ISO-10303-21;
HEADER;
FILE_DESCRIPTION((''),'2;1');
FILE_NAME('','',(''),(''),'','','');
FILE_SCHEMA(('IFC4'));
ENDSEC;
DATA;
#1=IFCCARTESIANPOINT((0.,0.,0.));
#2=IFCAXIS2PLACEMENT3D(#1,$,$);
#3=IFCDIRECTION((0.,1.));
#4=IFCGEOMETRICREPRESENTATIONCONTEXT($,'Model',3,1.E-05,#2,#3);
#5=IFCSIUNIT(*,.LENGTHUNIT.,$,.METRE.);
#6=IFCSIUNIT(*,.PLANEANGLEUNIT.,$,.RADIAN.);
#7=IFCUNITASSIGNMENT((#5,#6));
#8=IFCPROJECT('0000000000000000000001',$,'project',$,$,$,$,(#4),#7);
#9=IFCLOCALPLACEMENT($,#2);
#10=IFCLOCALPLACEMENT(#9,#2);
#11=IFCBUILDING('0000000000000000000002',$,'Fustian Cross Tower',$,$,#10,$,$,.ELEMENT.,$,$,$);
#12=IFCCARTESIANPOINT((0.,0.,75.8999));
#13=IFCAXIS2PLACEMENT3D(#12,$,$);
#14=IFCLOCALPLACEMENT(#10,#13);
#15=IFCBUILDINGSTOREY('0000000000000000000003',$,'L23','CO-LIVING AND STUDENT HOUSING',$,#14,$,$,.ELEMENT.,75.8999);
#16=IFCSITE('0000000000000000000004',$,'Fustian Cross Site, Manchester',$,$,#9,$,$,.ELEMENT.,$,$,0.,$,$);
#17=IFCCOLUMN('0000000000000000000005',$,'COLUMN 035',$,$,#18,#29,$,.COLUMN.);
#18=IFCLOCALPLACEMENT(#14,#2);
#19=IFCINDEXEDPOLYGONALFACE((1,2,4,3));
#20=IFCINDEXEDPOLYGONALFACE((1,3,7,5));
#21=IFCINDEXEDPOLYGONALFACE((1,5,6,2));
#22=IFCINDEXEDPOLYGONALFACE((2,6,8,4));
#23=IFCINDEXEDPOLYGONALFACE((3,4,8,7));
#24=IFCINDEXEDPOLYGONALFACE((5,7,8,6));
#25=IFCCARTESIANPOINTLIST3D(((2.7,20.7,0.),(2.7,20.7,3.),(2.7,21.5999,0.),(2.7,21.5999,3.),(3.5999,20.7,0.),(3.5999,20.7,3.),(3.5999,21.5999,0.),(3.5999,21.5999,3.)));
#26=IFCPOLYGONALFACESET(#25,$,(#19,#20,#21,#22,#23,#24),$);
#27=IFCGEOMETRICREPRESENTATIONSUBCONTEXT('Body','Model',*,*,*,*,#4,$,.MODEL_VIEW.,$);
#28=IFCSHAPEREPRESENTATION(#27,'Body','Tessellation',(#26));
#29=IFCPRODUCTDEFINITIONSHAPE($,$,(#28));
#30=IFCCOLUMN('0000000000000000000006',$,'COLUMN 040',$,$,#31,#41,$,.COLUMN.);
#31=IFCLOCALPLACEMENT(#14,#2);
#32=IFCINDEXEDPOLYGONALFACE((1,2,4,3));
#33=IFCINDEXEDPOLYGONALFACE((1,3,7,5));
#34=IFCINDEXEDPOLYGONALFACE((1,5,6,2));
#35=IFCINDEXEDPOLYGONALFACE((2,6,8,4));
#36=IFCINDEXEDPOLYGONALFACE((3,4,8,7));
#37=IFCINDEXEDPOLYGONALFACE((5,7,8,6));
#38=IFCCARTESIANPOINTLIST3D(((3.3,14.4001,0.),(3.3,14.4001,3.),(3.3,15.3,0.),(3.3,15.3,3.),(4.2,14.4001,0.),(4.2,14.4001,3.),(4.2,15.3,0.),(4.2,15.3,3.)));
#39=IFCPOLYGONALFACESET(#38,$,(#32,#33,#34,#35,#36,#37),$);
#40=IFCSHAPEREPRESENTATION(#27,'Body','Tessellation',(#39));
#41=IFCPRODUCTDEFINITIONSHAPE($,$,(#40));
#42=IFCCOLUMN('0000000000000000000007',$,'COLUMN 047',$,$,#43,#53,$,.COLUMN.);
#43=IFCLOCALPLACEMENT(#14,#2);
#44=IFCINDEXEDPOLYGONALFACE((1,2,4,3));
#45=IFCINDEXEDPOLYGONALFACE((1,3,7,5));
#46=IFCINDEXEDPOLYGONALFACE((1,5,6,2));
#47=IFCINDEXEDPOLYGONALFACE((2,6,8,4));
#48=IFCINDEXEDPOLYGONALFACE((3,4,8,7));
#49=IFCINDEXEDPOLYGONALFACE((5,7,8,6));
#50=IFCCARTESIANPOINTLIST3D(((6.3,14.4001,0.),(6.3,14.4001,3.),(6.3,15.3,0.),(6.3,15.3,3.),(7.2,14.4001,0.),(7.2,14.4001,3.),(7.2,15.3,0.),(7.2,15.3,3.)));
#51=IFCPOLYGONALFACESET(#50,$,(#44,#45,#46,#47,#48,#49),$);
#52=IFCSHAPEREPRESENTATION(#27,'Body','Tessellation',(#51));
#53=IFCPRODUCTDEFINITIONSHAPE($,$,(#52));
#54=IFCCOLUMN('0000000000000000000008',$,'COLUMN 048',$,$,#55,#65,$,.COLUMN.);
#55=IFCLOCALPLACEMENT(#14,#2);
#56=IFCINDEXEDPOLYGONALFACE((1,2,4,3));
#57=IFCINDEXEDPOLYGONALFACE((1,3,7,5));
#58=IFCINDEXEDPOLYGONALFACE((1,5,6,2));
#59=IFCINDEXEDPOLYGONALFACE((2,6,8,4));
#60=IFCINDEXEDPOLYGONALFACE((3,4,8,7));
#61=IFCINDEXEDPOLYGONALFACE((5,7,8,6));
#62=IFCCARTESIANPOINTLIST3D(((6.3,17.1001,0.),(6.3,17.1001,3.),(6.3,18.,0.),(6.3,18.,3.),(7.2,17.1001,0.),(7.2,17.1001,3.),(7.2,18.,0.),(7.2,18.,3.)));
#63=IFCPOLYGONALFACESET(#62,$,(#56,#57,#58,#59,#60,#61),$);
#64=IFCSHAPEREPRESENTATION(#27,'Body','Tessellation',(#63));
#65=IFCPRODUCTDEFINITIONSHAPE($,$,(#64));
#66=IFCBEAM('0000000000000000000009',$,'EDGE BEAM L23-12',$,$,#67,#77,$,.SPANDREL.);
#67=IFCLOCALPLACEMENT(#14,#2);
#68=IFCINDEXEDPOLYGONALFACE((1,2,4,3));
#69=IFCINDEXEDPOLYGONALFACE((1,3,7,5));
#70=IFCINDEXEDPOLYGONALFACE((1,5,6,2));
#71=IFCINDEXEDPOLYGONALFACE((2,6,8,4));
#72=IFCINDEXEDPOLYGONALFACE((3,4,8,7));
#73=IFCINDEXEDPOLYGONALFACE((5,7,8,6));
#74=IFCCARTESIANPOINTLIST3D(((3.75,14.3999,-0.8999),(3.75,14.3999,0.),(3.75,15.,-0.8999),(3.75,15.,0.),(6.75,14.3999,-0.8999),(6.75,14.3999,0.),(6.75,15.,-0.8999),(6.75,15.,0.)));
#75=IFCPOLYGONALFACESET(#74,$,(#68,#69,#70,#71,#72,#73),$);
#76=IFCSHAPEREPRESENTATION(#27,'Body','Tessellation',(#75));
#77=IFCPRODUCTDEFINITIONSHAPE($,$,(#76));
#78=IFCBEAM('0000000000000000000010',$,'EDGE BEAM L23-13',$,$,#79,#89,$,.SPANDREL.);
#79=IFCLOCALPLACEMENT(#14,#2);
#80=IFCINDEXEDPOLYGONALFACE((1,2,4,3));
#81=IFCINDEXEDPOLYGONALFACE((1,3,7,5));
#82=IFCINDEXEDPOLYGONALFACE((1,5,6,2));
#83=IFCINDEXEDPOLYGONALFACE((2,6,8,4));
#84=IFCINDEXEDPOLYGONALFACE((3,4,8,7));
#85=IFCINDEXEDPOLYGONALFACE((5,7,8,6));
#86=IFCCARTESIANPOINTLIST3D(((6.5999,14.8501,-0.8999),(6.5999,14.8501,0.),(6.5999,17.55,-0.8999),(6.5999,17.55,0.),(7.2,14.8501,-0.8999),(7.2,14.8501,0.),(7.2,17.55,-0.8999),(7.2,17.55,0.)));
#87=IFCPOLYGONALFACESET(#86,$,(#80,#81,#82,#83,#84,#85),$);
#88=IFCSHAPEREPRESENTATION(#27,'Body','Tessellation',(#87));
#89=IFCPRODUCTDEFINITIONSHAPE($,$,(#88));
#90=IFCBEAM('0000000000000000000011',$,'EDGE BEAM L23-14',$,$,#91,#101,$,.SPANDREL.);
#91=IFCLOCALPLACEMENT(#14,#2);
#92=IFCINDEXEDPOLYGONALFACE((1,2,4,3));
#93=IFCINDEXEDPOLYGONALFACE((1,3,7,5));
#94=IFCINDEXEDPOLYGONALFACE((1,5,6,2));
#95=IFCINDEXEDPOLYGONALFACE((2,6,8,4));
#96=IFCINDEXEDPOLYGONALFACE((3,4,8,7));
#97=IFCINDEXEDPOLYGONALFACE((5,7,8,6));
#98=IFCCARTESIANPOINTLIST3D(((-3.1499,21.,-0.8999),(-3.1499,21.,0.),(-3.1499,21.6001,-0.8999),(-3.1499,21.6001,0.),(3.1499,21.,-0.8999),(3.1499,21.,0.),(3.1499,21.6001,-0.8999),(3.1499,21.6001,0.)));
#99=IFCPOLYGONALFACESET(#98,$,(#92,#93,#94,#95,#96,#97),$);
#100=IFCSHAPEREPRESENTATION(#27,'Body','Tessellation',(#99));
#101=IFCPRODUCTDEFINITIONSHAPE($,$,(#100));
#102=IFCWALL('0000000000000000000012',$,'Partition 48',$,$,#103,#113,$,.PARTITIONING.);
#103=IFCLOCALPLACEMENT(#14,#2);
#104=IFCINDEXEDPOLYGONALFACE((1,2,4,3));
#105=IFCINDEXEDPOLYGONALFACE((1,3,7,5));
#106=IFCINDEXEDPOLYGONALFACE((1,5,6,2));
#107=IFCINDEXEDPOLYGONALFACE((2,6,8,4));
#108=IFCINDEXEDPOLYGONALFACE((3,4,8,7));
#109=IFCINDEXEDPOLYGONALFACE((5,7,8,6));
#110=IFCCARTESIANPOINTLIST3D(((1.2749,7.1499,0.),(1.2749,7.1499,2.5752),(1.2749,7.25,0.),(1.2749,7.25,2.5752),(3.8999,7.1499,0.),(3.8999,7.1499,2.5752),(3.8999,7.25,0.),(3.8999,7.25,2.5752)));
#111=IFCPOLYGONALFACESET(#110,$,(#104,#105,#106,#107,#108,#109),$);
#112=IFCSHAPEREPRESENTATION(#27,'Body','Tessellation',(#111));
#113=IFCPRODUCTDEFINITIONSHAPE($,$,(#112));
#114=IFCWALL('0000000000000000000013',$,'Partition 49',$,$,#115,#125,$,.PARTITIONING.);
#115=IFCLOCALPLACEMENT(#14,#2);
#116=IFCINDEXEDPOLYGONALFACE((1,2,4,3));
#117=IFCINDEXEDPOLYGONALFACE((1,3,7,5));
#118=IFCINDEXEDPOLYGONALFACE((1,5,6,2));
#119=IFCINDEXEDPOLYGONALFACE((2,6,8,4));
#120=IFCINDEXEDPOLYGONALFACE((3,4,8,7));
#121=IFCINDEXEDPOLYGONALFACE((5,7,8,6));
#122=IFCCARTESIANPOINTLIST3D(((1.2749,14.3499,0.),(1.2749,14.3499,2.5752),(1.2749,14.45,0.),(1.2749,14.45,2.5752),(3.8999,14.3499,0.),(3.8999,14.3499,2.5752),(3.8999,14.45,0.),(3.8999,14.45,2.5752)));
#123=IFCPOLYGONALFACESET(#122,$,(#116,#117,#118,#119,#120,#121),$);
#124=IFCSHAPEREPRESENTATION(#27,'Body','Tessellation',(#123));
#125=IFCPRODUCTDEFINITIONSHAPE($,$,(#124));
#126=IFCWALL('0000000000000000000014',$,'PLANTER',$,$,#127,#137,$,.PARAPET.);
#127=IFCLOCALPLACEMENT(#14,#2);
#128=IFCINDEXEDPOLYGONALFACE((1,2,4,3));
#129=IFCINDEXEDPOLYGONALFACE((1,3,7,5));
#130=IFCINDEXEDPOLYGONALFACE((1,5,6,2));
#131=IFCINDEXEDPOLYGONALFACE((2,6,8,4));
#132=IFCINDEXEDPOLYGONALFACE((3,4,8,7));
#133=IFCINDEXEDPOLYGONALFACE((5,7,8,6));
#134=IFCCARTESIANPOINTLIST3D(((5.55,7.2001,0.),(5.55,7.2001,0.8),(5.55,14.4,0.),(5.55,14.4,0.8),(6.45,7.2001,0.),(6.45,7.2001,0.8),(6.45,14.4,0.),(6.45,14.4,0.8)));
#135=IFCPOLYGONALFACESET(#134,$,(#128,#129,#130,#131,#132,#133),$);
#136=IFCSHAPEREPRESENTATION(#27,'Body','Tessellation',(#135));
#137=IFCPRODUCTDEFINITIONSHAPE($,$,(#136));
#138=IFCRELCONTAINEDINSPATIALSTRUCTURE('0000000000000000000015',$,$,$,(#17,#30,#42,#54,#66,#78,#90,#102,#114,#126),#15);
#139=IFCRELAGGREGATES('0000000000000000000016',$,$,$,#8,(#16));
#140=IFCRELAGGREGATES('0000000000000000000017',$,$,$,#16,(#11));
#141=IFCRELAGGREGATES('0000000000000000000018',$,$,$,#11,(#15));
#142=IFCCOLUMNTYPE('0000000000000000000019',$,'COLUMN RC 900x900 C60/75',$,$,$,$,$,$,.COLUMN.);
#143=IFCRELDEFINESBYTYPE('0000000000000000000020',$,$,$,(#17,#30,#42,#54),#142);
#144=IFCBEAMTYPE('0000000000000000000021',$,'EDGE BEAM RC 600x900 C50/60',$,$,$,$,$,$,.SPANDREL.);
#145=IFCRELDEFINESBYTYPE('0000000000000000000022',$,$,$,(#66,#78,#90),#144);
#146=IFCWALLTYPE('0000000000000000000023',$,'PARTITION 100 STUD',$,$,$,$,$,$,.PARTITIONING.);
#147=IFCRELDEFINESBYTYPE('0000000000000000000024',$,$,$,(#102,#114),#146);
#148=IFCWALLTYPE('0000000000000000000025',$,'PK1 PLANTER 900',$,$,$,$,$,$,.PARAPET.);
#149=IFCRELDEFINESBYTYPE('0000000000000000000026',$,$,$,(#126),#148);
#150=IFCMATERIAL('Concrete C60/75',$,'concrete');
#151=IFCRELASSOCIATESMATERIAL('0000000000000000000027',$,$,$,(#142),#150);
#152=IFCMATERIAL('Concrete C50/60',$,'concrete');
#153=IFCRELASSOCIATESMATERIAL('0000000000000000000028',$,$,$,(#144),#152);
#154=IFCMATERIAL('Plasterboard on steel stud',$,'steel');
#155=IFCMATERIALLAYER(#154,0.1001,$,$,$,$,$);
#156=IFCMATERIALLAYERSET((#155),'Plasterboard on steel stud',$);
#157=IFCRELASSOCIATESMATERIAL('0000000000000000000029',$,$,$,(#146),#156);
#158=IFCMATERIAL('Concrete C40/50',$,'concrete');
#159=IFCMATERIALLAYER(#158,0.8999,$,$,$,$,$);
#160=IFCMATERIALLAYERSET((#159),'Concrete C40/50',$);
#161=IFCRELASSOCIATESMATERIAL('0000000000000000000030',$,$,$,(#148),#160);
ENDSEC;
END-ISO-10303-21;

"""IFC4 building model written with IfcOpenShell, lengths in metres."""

from ifc_helpers import new_model, si_unit, direction, frame, frame_2d, origin, origin_2d, place, context, subcontext, project, spatial, rectangle, extrude, material, layer, layer_set, material_profile, profile_set, type_object, element, save


model = new_model("IFC4")

# Units and contexts
model_context = context("Model", 3, precision=1e-05, world=origin(), true_north=direction((0.0, 1.0)))
body_context = subcontext(model_context, "Body", "Model", "MODEL_VIEW")
ifc_project = project(units=[si_unit("LENGTHUNIT", "METRE"), si_unit("PLANEANGLEUNIT", "RADIAN")], contexts=[model_context])

# Site, building, storey
site_placement = place(None, origin())
site = spatial("IfcSite", under=ifc_project, at=site_placement, Name="Fustian Cross Site, Manchester", CompositionType="ELEMENT", RefElevation=0.0)
building_placement = place(site_placement, origin())
building = spatial("IfcBuilding", under=site, at=building_placement, Name="Fustian Cross Tower", CompositionType="ELEMENT")
storey_placement = place(building_placement, frame((0.0, 0.0, 75.8999)))
storey = spatial("IfcBuildingStorey", under=building, at=storey_placement, Name="L23", Description="CO-LIVING AND STUDENT HOUSING", CompositionType="ELEMENT", Elevation=75.8999)

# Columns
ifc_material_1 = material(Name="Concrete C60/75", Category="concrete")
ifc_material_profile_1 = material_profile(ifc_material_1, rectangle(XDim=0.8999, YDim=0.8999, at=origin_2d()), Name="RC 900x900")
ifc_profile_set_1 = profile_set([ifc_material_profile_1], Name="Concrete C60/75")
column_type = type_object("IfcColumnType", Name="COLUMN RC 900x900 C60/75", PredefinedType="COLUMN", material=ifc_profile_set_1)
for number, where, z_axis, x_axis, name in (
    (1, (3.1499, 21.1499, 0.0), (0.0, 0.0, 1.0), (1.0, 0.0, 0.0), "COLUMN 035"),
    (2, (3.75, 14.8501, 0.0), (0.0, 0.0, 1.0), (1.0, 0.0, 0.0), "COLUMN 040"),
    (3, (6.75, 14.8501, 0.0), (0.0, 0.0, 1.0), (1.0, 0.0, 0.0), "COLUMN 047"),
    (4, (6.75, 17.55, 0.0), (0.0, 0.0, 1.0), (1.0, 0.0, 0.0), "COLUMN 048"),
):
    element("IfcColumn", number, at=place(storey_placement, frame(where, z_axis=z_axis, x_axis=x_axis)), inside=storey, type_object=column_type, Name=name, PredefinedType="COLUMN", context=body_context, shape_type="SweptSolid", body=[
        extrude(rectangle(XDim=0.8999, YDim=0.8999, at=origin_2d()), origin(), (0.0, 0.0, 1.0), 3.0),
    ])

# Beams
ifc_material_2 = material(Name="Concrete C50/60", Category="concrete")
ifc_material_profile_2 = material_profile(ifc_material_2, rectangle(XDim=0.6001, YDim=0.8999, at=origin_2d()), Name="RC 600x900")
ifc_profile_set_2 = profile_set([ifc_material_profile_2], Name="Concrete C50/60")
beam_type = type_object("IfcBeamType", Name="EDGE BEAM RC 600x900 C50/60", PredefinedType="SPANDREL", material=ifc_profile_set_2)
beam_1_placement = place(storey_placement, frame((3.75, 14.7, -0.45), z_axis=(1.0, 0.0, 0.0), x_axis=(0.0, 1.0, 0.0)))
element("IfcBeam", 5, at=beam_1_placement, inside=storey, type_object=beam_type, Name="EDGE BEAM L23-12", PredefinedType="SPANDREL", context=body_context, shape_type="SweptSolid", body=[
    extrude(rectangle(XDim=0.6001, YDim=0.8999, at=origin_2d()), origin(), (0.0, 0.0, 1.0), 3.0),
])
beam_2_placement = place(storey_placement, frame((6.8999, 14.8501, -0.45), z_axis=(0.0, 1.0, 0.0), x_axis=(-1.0, 0.0, 0.0)))
element("IfcBeam", 6, at=beam_2_placement, inside=storey, type_object=beam_type, Name="EDGE BEAM L23-13", PredefinedType="SPANDREL", context=body_context, shape_type="SweptSolid", body=[
    extrude(rectangle(XDim=0.6001, YDim=0.8999, at=origin_2d()), origin(), (0.0, 0.0, 1.0), 2.7),
])
beam_3_placement = place(storey_placement, frame((3.1499, 21.3, -0.45), z_axis=(-1.0, 0.0, 0.0), x_axis=(0.0, -1.0, 0.0)))
element("IfcBeam", 7, at=beam_3_placement, inside=storey, type_object=beam_type, Name="EDGE BEAM L23-14", PredefinedType="SPANDREL", context=body_context, shape_type="SweptSolid", body=[
    extrude(rectangle(XDim=0.6001, YDim=0.8999, at=origin_2d()), origin(), (0.0, 0.0, 1.0), 6.2998),
])

# Walls
ifc_material_3 = material(Name="Plasterboard on steel stud", Category="steel")
ifc_layer_1 = layer(ifc_material_3, 0.1001)
ifc_layer_set_1 = layer_set([ifc_layer_1], Name="Plasterboard on steel stud")
wall_type_1 = type_object("IfcWallType", Name="PARTITION 100 STUD", PredefinedType="PARTITIONING", material=ifc_layer_set_1)
for number, where, z_axis, x_axis, name in (
    (8, (1.2749, 7.2, 0.0), (0.0, 0.0, 1.0), (1.0, 0.0, 0.0), "Partition 48"),
    (9, (1.2749, 14.3999, 0.0), (0.0, 0.0, 1.0), (1.0, 0.0, 0.0), "Partition 49"),
):
    element("IfcWall", number, at=place(storey_placement, frame(where, z_axis=z_axis, x_axis=x_axis)), inside=storey, type_object=wall_type_1, Name=name, PredefinedType="PARTITIONING", context=body_context, shape_type="SweptSolid", body=[
        extrude(rectangle(XDim=2.625, YDim=0.1001, at=frame_2d((1.3125, 0.0))), origin(), (0.0, 0.0, 1.0), 2.5752),
    ])
ifc_material_4 = material(Name="Concrete C40/50", Category="concrete")
ifc_layer_2 = layer(ifc_material_4, 0.8999)
ifc_layer_set_2 = layer_set([ifc_layer_2], Name="Concrete C40/50")
wall_type_2 = type_object("IfcWallType", Name="PK1 PLANTER 900", PredefinedType="PARAPET", material=ifc_layer_set_2)
wall_1_placement = place(storey_placement, frame((6.0, 7.2, 0.0), z_axis=(0.0, 0.0, 1.0), x_axis=(0.0, 1.0, 0.0)))
element("IfcWall", 10, at=wall_1_placement, inside=storey, type_object=wall_type_2, Name="PLANTER", PredefinedType="PARAPET", context=body_context, shape_type="SweptSolid", body=[
    extrude(rectangle(XDim=7.2, YDim=0.8999, at=frame_2d((3.6001, 0.0))), origin(), (0.0, 0.0, 1.0), 0.8),
])

save(model, "model.ifc")
